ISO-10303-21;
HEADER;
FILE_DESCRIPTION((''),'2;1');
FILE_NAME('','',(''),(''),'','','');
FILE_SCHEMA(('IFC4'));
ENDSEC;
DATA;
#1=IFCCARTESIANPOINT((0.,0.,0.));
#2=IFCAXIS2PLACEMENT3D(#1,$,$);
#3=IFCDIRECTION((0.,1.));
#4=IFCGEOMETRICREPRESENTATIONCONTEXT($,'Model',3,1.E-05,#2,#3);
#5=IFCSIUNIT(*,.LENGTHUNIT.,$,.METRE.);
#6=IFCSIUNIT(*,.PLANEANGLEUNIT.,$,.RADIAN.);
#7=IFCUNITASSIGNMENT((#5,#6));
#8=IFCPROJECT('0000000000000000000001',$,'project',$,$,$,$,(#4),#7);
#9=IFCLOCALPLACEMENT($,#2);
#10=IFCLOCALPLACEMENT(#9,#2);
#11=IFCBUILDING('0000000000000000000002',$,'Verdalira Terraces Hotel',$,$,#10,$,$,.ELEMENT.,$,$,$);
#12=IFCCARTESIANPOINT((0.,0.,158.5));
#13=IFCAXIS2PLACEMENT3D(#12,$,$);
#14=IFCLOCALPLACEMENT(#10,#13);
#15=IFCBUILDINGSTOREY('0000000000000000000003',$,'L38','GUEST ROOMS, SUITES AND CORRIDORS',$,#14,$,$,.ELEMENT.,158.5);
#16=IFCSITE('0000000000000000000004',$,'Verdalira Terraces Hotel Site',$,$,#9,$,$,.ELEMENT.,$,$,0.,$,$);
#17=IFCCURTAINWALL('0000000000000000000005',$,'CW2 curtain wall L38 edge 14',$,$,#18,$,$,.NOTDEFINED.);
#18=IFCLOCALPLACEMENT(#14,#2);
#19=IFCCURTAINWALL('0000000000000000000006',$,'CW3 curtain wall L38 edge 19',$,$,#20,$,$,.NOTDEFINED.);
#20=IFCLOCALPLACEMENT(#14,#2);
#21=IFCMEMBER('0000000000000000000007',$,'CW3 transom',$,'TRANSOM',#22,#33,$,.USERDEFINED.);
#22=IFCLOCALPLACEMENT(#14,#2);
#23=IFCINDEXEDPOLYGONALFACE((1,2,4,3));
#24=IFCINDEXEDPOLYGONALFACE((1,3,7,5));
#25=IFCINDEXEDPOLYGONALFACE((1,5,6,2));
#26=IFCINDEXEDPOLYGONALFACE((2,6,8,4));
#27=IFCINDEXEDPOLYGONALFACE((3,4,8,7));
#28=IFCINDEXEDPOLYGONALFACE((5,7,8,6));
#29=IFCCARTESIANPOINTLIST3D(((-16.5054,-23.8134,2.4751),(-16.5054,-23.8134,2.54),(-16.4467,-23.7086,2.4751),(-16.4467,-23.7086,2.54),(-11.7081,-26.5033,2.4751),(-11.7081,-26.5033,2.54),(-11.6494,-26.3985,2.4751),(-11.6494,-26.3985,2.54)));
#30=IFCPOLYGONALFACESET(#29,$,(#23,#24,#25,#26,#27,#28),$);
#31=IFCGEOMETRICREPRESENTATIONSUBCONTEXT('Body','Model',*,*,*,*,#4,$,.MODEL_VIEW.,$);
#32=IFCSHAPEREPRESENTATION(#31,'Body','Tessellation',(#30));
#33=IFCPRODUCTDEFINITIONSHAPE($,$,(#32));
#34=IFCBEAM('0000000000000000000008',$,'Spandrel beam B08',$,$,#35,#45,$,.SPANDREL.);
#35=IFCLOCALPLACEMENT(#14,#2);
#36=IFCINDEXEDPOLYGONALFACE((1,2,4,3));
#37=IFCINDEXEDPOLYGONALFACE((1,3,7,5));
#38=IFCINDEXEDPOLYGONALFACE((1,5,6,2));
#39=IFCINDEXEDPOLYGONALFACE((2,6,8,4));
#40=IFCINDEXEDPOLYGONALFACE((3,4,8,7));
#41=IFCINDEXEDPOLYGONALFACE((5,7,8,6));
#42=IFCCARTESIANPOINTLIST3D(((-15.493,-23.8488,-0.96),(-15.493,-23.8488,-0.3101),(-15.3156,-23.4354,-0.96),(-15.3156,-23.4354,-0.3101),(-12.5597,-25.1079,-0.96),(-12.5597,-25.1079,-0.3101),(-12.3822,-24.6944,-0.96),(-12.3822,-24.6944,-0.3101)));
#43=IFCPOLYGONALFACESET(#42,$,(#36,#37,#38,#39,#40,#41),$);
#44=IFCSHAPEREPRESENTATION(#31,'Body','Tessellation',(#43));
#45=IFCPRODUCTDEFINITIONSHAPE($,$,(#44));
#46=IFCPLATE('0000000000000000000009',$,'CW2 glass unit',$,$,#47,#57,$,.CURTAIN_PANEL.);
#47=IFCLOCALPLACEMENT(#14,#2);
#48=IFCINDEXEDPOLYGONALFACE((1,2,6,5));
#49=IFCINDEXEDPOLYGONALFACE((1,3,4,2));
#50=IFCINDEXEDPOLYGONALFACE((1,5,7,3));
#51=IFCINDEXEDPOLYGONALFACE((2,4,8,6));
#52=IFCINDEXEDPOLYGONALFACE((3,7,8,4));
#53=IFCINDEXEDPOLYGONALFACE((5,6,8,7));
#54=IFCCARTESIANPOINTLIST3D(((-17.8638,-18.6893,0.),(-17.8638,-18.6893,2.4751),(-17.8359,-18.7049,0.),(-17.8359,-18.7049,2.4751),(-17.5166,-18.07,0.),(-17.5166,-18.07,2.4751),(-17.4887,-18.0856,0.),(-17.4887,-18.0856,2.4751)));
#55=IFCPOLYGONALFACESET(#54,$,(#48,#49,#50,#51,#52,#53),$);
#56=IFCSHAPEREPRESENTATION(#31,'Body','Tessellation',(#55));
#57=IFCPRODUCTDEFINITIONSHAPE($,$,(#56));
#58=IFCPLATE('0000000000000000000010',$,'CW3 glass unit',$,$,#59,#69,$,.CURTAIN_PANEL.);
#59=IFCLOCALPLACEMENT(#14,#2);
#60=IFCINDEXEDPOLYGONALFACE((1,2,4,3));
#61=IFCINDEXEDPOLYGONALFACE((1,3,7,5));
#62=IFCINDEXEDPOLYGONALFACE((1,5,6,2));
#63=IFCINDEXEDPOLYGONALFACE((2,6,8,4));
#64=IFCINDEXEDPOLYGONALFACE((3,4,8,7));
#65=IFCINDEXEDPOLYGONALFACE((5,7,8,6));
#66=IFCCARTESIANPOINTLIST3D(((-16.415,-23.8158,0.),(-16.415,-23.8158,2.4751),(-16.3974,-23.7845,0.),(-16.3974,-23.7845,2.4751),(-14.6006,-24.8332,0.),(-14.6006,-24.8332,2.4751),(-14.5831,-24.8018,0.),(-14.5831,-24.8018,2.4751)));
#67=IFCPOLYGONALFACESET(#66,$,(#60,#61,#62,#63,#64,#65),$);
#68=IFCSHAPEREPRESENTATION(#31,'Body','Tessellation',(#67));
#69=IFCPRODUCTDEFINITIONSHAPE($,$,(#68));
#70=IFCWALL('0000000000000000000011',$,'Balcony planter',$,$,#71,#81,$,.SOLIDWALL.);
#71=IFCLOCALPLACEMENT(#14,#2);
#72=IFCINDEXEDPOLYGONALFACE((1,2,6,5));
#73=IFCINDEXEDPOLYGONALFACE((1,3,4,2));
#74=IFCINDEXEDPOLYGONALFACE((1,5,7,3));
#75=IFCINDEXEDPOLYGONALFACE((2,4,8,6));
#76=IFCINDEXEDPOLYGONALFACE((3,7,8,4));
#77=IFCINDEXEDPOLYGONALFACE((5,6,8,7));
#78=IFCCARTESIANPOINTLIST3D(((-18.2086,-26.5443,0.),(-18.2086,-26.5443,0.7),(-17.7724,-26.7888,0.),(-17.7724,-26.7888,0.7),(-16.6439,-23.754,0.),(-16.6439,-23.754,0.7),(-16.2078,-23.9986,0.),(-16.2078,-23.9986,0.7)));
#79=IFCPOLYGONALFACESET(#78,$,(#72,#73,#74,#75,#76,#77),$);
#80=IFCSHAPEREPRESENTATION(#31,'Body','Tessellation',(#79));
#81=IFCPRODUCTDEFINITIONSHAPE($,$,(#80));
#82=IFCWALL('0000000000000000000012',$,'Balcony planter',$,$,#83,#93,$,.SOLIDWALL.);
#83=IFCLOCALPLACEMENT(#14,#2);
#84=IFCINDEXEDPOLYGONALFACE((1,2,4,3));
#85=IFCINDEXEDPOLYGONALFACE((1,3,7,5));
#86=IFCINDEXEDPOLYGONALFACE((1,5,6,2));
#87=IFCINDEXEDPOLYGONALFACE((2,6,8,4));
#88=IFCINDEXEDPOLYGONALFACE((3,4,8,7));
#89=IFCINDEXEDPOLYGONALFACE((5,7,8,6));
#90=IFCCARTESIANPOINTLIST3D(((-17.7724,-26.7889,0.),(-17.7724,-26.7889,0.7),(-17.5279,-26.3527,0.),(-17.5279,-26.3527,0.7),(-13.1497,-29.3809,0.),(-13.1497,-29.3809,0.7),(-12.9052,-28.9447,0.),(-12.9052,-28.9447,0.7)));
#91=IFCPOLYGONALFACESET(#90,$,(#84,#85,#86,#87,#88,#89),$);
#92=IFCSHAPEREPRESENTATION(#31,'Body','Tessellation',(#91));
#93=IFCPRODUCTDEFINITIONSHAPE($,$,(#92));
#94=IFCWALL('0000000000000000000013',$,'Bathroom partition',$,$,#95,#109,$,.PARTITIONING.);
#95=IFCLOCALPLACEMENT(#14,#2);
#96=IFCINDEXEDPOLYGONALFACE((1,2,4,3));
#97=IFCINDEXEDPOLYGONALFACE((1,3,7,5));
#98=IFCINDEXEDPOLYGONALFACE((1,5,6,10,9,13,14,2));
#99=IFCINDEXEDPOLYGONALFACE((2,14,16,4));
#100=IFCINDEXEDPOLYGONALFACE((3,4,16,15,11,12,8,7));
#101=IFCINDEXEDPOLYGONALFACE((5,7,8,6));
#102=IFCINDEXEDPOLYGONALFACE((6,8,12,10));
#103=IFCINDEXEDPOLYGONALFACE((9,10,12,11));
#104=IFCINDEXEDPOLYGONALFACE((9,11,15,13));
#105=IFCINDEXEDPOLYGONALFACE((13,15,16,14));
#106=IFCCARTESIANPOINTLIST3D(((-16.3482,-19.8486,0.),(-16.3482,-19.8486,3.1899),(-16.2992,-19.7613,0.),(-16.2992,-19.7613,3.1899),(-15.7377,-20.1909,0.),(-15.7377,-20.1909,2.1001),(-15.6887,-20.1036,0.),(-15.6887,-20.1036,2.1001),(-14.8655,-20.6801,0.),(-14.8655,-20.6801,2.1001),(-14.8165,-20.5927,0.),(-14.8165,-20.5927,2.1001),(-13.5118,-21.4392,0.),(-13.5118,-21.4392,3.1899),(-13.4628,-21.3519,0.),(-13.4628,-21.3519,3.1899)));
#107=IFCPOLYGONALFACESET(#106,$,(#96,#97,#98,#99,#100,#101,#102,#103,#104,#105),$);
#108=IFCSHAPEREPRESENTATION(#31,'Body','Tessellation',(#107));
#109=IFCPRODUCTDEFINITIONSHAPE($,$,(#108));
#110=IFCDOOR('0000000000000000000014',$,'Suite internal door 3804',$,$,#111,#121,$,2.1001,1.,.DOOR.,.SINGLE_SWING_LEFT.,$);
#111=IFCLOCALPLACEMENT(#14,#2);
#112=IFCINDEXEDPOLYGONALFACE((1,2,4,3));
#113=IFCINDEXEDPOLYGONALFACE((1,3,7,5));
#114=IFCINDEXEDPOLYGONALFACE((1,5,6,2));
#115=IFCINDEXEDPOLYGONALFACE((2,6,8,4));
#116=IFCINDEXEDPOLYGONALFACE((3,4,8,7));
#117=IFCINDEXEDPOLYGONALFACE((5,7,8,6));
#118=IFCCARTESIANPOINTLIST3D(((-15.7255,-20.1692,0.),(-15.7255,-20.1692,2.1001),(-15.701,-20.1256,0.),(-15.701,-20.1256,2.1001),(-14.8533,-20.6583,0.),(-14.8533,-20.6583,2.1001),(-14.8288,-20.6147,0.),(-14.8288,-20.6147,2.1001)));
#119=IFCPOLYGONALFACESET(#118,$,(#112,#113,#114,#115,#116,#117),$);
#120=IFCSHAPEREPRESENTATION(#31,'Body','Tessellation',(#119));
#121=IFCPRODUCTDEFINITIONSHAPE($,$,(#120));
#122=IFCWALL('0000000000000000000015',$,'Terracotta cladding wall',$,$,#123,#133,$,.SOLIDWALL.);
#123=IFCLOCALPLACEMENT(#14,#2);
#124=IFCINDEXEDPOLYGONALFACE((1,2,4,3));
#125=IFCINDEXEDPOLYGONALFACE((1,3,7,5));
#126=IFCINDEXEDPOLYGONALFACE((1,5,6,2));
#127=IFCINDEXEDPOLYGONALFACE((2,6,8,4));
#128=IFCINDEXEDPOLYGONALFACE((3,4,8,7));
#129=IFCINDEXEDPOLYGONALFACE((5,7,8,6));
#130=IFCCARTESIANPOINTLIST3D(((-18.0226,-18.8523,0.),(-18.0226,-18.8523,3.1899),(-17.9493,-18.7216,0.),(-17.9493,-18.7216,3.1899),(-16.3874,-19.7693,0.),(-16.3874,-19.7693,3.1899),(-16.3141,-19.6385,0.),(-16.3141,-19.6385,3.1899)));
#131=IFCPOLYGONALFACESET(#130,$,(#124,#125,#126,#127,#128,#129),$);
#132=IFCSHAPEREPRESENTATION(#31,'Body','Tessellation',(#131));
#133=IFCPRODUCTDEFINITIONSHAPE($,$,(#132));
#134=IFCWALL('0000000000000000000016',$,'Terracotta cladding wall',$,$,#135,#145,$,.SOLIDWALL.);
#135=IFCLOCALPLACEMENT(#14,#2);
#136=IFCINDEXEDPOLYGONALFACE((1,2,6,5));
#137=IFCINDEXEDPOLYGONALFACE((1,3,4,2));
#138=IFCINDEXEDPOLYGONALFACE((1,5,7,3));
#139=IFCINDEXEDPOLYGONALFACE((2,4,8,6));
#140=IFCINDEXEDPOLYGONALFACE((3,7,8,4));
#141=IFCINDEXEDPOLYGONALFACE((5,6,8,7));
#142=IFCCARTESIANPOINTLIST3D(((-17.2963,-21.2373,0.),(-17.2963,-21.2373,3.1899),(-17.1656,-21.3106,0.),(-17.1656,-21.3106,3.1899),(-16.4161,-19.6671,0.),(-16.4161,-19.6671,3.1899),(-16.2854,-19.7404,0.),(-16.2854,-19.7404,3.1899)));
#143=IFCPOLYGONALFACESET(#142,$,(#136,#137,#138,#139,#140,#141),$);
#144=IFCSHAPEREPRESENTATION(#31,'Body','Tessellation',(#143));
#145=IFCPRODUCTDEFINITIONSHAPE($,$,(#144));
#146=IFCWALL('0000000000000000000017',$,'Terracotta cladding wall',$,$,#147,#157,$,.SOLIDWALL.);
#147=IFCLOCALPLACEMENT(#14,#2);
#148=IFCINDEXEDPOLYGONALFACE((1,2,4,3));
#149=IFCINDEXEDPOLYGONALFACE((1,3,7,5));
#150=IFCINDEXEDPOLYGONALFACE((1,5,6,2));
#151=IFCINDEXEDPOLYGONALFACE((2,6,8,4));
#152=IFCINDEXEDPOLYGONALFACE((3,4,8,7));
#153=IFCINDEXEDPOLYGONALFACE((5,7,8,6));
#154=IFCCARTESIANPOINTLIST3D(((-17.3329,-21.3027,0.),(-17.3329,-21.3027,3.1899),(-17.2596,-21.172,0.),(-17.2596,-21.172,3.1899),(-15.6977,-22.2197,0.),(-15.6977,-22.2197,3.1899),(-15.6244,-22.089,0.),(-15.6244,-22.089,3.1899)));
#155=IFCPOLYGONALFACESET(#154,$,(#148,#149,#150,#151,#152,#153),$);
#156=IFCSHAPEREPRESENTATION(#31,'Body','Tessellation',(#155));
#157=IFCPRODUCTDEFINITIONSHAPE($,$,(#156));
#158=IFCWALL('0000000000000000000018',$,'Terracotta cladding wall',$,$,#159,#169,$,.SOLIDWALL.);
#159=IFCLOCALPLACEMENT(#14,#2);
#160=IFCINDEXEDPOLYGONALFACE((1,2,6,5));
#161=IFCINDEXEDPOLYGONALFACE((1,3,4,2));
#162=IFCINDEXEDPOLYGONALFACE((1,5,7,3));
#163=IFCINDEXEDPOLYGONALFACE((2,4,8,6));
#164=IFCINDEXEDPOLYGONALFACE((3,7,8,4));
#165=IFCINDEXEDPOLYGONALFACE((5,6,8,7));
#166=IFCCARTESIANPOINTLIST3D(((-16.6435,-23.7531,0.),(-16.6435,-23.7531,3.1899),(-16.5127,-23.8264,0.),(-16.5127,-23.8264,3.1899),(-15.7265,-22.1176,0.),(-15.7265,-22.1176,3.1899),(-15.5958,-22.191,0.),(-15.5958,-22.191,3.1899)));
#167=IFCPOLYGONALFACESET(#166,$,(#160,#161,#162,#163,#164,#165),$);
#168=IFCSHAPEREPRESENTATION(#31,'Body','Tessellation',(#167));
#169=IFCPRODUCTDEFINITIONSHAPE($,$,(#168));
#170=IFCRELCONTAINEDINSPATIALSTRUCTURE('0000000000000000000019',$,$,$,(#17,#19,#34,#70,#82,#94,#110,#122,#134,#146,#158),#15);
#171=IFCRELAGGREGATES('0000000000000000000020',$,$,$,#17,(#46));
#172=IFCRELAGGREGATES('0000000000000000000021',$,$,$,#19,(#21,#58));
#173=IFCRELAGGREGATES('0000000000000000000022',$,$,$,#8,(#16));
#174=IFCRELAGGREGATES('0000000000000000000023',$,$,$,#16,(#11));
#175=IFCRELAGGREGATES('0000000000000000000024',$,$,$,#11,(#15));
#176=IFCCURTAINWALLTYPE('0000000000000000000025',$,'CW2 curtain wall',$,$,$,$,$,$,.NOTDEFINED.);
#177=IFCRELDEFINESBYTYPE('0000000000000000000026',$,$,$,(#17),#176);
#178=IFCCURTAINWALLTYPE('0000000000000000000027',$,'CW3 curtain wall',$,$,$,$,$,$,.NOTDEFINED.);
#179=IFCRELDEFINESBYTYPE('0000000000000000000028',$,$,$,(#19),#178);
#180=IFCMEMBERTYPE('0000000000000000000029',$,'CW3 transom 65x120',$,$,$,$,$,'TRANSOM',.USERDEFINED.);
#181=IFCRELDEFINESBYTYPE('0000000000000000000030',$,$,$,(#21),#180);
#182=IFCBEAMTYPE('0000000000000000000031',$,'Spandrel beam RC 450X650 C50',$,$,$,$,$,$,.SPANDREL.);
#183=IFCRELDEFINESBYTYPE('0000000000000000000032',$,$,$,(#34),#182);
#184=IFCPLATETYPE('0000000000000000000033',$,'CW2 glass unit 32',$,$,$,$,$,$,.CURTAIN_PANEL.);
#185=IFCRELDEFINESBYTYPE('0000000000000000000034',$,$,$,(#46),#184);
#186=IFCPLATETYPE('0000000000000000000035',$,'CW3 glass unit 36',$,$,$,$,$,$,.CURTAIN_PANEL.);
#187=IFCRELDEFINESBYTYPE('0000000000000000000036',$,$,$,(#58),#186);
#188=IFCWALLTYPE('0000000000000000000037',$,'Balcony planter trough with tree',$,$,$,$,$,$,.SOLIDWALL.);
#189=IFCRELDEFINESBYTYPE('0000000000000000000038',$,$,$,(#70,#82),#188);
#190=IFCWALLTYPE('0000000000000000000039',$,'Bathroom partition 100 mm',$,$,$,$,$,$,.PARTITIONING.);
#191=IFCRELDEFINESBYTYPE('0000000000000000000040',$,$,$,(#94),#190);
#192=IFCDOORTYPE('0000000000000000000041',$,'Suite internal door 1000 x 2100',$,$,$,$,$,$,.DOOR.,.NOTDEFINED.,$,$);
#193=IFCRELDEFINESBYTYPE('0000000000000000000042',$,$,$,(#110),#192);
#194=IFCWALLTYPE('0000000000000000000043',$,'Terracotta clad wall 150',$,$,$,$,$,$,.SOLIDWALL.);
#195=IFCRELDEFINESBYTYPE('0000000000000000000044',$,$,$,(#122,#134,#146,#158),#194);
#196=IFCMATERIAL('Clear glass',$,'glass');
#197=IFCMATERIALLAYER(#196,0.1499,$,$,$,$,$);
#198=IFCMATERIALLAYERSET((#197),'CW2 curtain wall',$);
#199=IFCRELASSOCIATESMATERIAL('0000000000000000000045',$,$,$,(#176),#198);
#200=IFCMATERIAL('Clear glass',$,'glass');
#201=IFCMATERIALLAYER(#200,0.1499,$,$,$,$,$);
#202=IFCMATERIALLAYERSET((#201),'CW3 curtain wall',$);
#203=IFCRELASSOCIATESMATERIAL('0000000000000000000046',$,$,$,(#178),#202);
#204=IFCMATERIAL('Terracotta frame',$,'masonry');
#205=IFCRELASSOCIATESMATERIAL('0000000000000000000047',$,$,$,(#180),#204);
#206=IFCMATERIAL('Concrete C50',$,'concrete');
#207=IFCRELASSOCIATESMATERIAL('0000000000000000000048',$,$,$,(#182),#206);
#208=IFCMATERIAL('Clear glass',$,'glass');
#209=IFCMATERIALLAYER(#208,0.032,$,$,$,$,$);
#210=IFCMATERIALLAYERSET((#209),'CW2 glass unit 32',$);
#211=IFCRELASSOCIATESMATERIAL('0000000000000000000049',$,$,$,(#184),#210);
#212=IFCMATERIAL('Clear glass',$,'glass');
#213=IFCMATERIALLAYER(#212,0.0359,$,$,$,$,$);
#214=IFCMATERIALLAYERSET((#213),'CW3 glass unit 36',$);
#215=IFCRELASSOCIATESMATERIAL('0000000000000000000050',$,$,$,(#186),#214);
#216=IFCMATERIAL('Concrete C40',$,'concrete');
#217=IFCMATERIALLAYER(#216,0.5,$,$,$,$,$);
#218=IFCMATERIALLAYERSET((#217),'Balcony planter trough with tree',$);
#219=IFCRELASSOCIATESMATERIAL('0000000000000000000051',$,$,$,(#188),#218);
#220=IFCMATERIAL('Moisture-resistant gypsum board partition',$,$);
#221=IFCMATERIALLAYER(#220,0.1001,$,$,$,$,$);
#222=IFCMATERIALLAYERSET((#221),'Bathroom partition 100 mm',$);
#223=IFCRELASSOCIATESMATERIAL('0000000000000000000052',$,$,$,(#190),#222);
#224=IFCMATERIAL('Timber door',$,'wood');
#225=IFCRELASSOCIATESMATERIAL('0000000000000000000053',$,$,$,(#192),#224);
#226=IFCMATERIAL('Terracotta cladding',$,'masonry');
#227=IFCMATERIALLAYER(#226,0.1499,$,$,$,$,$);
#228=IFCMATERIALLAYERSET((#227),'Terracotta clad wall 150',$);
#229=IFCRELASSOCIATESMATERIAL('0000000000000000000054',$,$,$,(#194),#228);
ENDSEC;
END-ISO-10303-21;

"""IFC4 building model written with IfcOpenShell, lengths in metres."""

from ifc_helpers import new_model, si_unit, direction, frame, frame_2d, origin, origin_2d, place, context, subcontext, project, spatial, rectangle, extrude, material, layer, layer_set, material_profile, profile_set, type_object, element, fill, aggregate, save


model = new_model("IFC4")

# Units and contexts
model_context = context("Model", 3, precision=1e-05, world=origin(), true_north=direction((0.0, 1.0)))
body_context = subcontext(model_context, "Body", "Model", "MODEL_VIEW")
ifc_project = project(units=[si_unit("LENGTHUNIT", "METRE"), si_unit("PLANEANGLEUNIT", "RADIAN")], contexts=[model_context])

# Site, building, storey
site_placement = place(None, origin())
site = spatial("IfcSite", under=ifc_project, at=site_placement, Name="Verdalira Terraces Hotel Site", CompositionType="ELEMENT", RefElevation=0.0)
building_placement = place(site_placement, origin())
building = spatial("IfcBuilding", under=site, at=building_placement, Name="Verdalira Terraces Hotel", CompositionType="ELEMENT")
storey_placement = place(building_placement, frame((0.0, 0.0, 158.5)))
storey = spatial("IfcBuildingStorey", under=building, at=storey_placement, Name="L38", Description="GUEST ROOMS, SUITES AND CORRIDORS", CompositionType="ELEMENT", Elevation=158.5)

# Curtain walls, member
ifc_material_1 = material(Name="Clear glass", Category="glass")
ifc_layer_1 = layer(ifc_material_1, 0.1499)
ifc_layer_set_1 = layer_set([ifc_layer_1], Name="CW2 curtain wall")
curtain_wall_type_1 = type_object("IfcCurtainWallType", Name="CW2 curtain wall", PredefinedType="NOTDEFINED", material=ifc_layer_set_1)
curtain_wall_1_placement = place(storey_placement, origin())
curtain_wall_1 = element("IfcCurtainWall", 1, at=curtain_wall_1_placement, inside=storey, type_object=curtain_wall_type_1, Name="CW2 curtain wall L38 edge 14", PredefinedType="NOTDEFINED")
ifc_material_2 = material(Name="Clear glass", Category="glass")
ifc_layer_2 = layer(ifc_material_2, 0.1499)
ifc_layer_set_2 = layer_set([ifc_layer_2], Name="CW3 curtain wall")
curtain_wall_type_2 = type_object("IfcCurtainWallType", Name="CW3 curtain wall", PredefinedType="NOTDEFINED", material=ifc_layer_set_2)
curtain_wall_2_placement = place(storey_placement, origin())
curtain_wall_2 = element("IfcCurtainWall", 2, at=curtain_wall_2_placement, inside=storey, type_object=curtain_wall_type_2, Name="CW3 curtain wall L38 edge 19", PredefinedType="NOTDEFINED")
ifc_material_3 = material(Name="Terracotta frame", Category="masonry")
ifc_material_profile_1 = material_profile(ifc_material_3, rectangle(XDim=0.1201, YDim=0.0649, at=origin_2d()), Name="TR 65x120")
ifc_profile_set_1 = profile_set([ifc_material_profile_1], Name="Terracotta frame")
member_type_1 = type_object("IfcMemberType", Name="CW3 transom 65x120", ElementType="TRANSOM", PredefinedType="USERDEFINED", material=ifc_profile_set_1)
member_1_placement = place(storey_placement, frame((-16.4761, -23.761, 2.5076), z_axis=(0.872241, -0.489076, 0.0), x_axis=(0.489076, 0.872241, 0.0)))
member_1 = element("IfcMember", 3, at=member_1_placement, type_object=member_type_1, Name="CW3 transom", ObjectType="TRANSOM", PredefinedType="USERDEFINED", context=body_context, shape_type="SweptSolid", body=[
    extrude(rectangle(XDim=0.1201, YDim=0.0649, at=origin_2d()), origin(), (0.0, 0.0, 1.0), 5.5),
])

# Beam
ifc_material_4 = material(Name="Concrete C50", Category="concrete")
ifc_material_profile_2 = material_profile(ifc_material_4, rectangle(XDim=0.45, YDim=0.6499, at=origin_2d()), Name="RC 450X650")
ifc_profile_set_2 = profile_set([ifc_material_profile_2], Name="Concrete C50")
beam_type_1 = type_object("IfcBeamType", Name="Spandrel beam RC 450X650 C50", PredefinedType="SPANDREL", material=ifc_profile_set_2)
beam_1_placement = place(storey_placement, frame((-15.4043, -23.6421, -0.635), z_axis=(0.918931, -0.394418, 0.0), x_axis=(0.394418, 0.918931, 0.0)))
element("IfcBeam", 4, at=beam_1_placement, inside=storey, type_object=beam_type_1, Name="Spandrel beam B08", PredefinedType="SPANDREL", context=body_context, shape_type="SweptSolid", body=[
    extrude(rectangle(XDim=0.45, YDim=0.6499, at=origin_2d()), origin(), (0.0, 0.0, 1.0), 3.1921),
])

# Plates
ifc_material_5 = material(Name="Clear glass", Category="glass")
ifc_layer_3 = layer(ifc_material_5, 0.032)
ifc_layer_set_3 = layer_set([ifc_layer_3], Name="CW2 glass unit 32")
plate_type_1 = type_object("IfcPlateType", Name="CW2 glass unit 32", PredefinedType="CURTAIN_PANEL", material=ifc_layer_set_3)
plate_1_placement = place(storey_placement, frame((-17.6763, -18.3875, 0.0), z_axis=(0.0, 0.0, 1.0), x_axis=(-0.489078, -0.87224, 0.0)))
plate_1 = element("IfcPlate", 5, at=plate_1_placement, type_object=plate_type_1, Name="CW2 glass unit", PredefinedType="CURTAIN_PANEL", context=body_context, shape_type="SweptSolid", body=[
    extrude(rectangle(XDim=0.71, YDim=0.032, at=origin_2d()), origin(), (0.0, 0.0, 1.0), 2.4751),
])
aggregate(curtain_wall_1, [plate_1])
ifc_material_6 = material(Name="Clear glass", Category="glass")
ifc_layer_4 = layer(ifc_material_6, 0.0359)
ifc_layer_set_4 = layer_set([ifc_layer_4], Name="CW3 glass unit 36")
plate_type_2 = type_object("IfcPlateType", Name="CW3 glass unit 36", PredefinedType="CURTAIN_PANEL", material=ifc_layer_set_4)
plate_2_placement = place(storey_placement, frame((-15.499, -24.3088, 0.0), z_axis=(0.0, 0.0, 1.0), x_axis=(0.87224, -0.489078, 0.0)))
plate_2 = element("IfcPlate", 6, at=plate_2_placement, type_object=plate_type_2, Name="CW3 glass unit", PredefinedType="CURTAIN_PANEL", context=body_context, shape_type="SweptSolid", body=[
    extrude(rectangle(XDim=2.0801, YDim=0.0359, at=origin_2d()), origin(), (0.0, 0.0, 1.0), 2.4751),
])
aggregate(curtain_wall_2, [member_1, plate_2])

# Walls
ifc_material_7 = material(Name="Concrete C40", Category="concrete")
ifc_layer_5 = layer(ifc_material_7, 0.5)
ifc_layer_set_5 = layer_set([ifc_layer_5], Name="Balcony planter trough with tree")
wall_type_1 = type_object("IfcWallType", Name="Balcony planter trough with tree", PredefinedType="SOLIDWALL", material=ifc_layer_set_5)
wall_1_placement = place(storey_placement, frame((-16.4258, -23.8762, 0.0), z_axis=(0.0, 0.0, 1.0), x_axis=(-0.489112, -0.872221, 0.0)))
element("IfcWall", 7, at=wall_1_placement, inside=storey, type_object=wall_type_1, Name="Balcony planter", PredefinedType="SOLIDWALL", context=body_context, shape_type="SweptSolid", body=[
    extrude(rectangle(XDim=3.199, YDim=0.5, at=frame_2d((1.5996, 0.0))), origin(), (0.0, 0.0, 1.0), 0.7),
])
wall_2_placement = place(storey_placement, frame((-17.6501, -26.5708, 0.0), z_axis=(0.0, 0.0, 1.0), x_axis=(0.872243, -0.489073, 0.0)))
element("IfcWall", 8, at=wall_2_placement, inside=storey, type_object=wall_type_1, Name="Balcony planter", PredefinedType="SOLIDWALL", context=body_context, shape_type="SweptSolid", body=[
    extrude(rectangle(XDim=5.2998, YDim=0.5, at=frame_2d((2.6499, 0.0))), origin(), (0.0, 0.0, 1.0), 0.7),
])

# Wall, opening, door
ifc_material_8 = material(Name="Moisture-resistant gypsum board partition")
ifc_layer_6 = layer(ifc_material_8, 0.1001)
ifc_layer_set_6 = layer_set([ifc_layer_6], Name="Bathroom partition 100 mm")
wall_type_2 = type_object("IfcWallType", Name="Bathroom partition 100 mm", PredefinedType="PARTITIONING", material=ifc_layer_set_6)
wall_3_placement = place(storey_placement, frame((-16.3237, -19.8049, 0.0), z_axis=(0.0, 0.0, 1.0), x_axis=(0.87222, -0.489113, 0.0)))
wall_3 = element("IfcWall", 9, at=wall_3_placement, inside=storey, type_object=wall_type_2, Name="Bathroom partition", PredefinedType="PARTITIONING", context=body_context, shape_type="SweptSolid", body=[
    extrude(rectangle(XDim=3.252, YDim=0.1001, at=frame_2d((1.626, 0.0))), origin(), (0.0, 0.0, 1.0), 3.1899),
])
opening_1_placement = place(wall_3_placement, frame((0.7, 0.0, 0.0)))
opening_1 = element("IfcOpeningElement", 10, at=opening_1_placement, cuts=wall_3, PredefinedType="OPENING", context=body_context, shape_type="SweptSolid", body=[
    extrude(rectangle(XDim=1.0, YDim=2.1001, at=frame_2d((0.5, 1.05))), frame((0.0, 0.0601, 0.0), z_axis=(0.0, -1.0, 0.0), x_axis=(1.0, 0.0, 0.0)), (0.0, 0.0, 1.0), 0.1201),
])
ifc_material_9 = material(Name="Timber door", Category="wood")
door_type_1 = type_object("IfcDoorType", Name="Suite internal door 1000 x 2100", OperationType="NOTDEFINED", PredefinedType="DOOR", material=ifc_material_9)
door_1_placement = place(opening_1_placement, origin())
door_1 = element("IfcDoor", 11, at=door_1_placement, inside=storey, type_object=door_type_1, Name="Suite internal door 3804", OperationType="SINGLE_SWING_LEFT", OverallHeight=2.1001, OverallWidth=1.0, PredefinedType="DOOR", context=body_context, shape_type="SweptSolid", body=[
    extrude(rectangle(XDim=1.0, YDim=2.1001, at=frame_2d((0.5, 1.05))), frame((0.0, 0.0249, 0.0), z_axis=(0.0, -1.0, 0.0), x_axis=(1.0, 0.0, 0.0)), (0.0, 0.0, 1.0), 0.05),
])
fill(opening_1, door_1)

# Walls
ifc_material_10 = material(Name="Terracotta cladding", Category="masonry")
ifc_layer_7 = layer(ifc_material_10, 0.1499)
ifc_layer_set_7 = layer_set([ifc_layer_7], Name="Terracotta clad wall 150")
wall_type_3 = type_object("IfcWallType", Name="Terracotta clad wall 150", PredefinedType="SOLIDWALL", material=ifc_layer_set_7)
wall_4_placement = place(storey_placement, frame((-17.9861, -18.7869, 0.0), z_axis=(0.0, 0.0, 1.0), x_axis=(0.872222, -0.489111, 0.0)))
element("IfcWall", 12, at=wall_4_placement, inside=storey, type_object=wall_type_3, Name="Terracotta cladding wall", PredefinedType="SOLIDWALL", context=body_context, shape_type="SweptSolid", body=[
    extrude(rectangle(XDim=1.8748, YDim=0.1499, at=frame_2d((0.9375, 0.0))), origin(), (0.0, 0.0, 1.0), 3.1899),
])
wall_5_placement = place(storey_placement, frame((-16.3508, -19.7039, 0.0), z_axis=(0.0, 0.0, 1.0), x_axis=(-0.488979, -0.872295, 0.0)))
element("IfcWall", 13, at=wall_5_placement, inside=storey, type_object=wall_type_3, Name="Terracotta cladding wall", PredefinedType="SOLIDWALL", context=body_context, shape_type="SweptSolid", body=[
    extrude(rectangle(XDim=1.8, YDim=0.1499, at=frame_2d((0.8999, 0.0))), origin(), (0.0, 0.0, 1.0), 3.1899),
])
wall_6_placement = place(storey_placement, frame((-17.2964, -21.2373, 0.0), z_axis=(0.0, 0.0, 1.0), x_axis=(0.872222, -0.489111, 0.0)))
element("IfcWall", 14, at=wall_6_placement, inside=storey, type_object=wall_type_3, Name="Terracotta cladding wall", PredefinedType="SOLIDWALL", context=body_context, shape_type="SweptSolid", body=[
    extrude(rectangle(XDim=1.8748, YDim=0.1499, at=frame_2d((0.9375, 0.0))), origin(), (0.0, 0.0, 1.0), 3.1899),
])
wall_7_placement = place(storey_placement, frame((-15.6611, -22.1543, 0.0), z_axis=(0.0, 0.0, 1.0), x_axis=(-0.489055, -0.872253, 0.0)))
element("IfcWall", 15, at=wall_7_placement, inside=storey, type_object=wall_type_3, Name="Terracotta cladding wall", PredefinedType="SOLIDWALL", context=body_context, shape_type="SweptSolid", body=[
    extrude(rectangle(XDim=1.875, YDim=0.1499, at=frame_2d((0.9375, 0.0))), origin(), (0.0, 0.0, 1.0), 3.1899),
])

save(model, "model.ifc")
